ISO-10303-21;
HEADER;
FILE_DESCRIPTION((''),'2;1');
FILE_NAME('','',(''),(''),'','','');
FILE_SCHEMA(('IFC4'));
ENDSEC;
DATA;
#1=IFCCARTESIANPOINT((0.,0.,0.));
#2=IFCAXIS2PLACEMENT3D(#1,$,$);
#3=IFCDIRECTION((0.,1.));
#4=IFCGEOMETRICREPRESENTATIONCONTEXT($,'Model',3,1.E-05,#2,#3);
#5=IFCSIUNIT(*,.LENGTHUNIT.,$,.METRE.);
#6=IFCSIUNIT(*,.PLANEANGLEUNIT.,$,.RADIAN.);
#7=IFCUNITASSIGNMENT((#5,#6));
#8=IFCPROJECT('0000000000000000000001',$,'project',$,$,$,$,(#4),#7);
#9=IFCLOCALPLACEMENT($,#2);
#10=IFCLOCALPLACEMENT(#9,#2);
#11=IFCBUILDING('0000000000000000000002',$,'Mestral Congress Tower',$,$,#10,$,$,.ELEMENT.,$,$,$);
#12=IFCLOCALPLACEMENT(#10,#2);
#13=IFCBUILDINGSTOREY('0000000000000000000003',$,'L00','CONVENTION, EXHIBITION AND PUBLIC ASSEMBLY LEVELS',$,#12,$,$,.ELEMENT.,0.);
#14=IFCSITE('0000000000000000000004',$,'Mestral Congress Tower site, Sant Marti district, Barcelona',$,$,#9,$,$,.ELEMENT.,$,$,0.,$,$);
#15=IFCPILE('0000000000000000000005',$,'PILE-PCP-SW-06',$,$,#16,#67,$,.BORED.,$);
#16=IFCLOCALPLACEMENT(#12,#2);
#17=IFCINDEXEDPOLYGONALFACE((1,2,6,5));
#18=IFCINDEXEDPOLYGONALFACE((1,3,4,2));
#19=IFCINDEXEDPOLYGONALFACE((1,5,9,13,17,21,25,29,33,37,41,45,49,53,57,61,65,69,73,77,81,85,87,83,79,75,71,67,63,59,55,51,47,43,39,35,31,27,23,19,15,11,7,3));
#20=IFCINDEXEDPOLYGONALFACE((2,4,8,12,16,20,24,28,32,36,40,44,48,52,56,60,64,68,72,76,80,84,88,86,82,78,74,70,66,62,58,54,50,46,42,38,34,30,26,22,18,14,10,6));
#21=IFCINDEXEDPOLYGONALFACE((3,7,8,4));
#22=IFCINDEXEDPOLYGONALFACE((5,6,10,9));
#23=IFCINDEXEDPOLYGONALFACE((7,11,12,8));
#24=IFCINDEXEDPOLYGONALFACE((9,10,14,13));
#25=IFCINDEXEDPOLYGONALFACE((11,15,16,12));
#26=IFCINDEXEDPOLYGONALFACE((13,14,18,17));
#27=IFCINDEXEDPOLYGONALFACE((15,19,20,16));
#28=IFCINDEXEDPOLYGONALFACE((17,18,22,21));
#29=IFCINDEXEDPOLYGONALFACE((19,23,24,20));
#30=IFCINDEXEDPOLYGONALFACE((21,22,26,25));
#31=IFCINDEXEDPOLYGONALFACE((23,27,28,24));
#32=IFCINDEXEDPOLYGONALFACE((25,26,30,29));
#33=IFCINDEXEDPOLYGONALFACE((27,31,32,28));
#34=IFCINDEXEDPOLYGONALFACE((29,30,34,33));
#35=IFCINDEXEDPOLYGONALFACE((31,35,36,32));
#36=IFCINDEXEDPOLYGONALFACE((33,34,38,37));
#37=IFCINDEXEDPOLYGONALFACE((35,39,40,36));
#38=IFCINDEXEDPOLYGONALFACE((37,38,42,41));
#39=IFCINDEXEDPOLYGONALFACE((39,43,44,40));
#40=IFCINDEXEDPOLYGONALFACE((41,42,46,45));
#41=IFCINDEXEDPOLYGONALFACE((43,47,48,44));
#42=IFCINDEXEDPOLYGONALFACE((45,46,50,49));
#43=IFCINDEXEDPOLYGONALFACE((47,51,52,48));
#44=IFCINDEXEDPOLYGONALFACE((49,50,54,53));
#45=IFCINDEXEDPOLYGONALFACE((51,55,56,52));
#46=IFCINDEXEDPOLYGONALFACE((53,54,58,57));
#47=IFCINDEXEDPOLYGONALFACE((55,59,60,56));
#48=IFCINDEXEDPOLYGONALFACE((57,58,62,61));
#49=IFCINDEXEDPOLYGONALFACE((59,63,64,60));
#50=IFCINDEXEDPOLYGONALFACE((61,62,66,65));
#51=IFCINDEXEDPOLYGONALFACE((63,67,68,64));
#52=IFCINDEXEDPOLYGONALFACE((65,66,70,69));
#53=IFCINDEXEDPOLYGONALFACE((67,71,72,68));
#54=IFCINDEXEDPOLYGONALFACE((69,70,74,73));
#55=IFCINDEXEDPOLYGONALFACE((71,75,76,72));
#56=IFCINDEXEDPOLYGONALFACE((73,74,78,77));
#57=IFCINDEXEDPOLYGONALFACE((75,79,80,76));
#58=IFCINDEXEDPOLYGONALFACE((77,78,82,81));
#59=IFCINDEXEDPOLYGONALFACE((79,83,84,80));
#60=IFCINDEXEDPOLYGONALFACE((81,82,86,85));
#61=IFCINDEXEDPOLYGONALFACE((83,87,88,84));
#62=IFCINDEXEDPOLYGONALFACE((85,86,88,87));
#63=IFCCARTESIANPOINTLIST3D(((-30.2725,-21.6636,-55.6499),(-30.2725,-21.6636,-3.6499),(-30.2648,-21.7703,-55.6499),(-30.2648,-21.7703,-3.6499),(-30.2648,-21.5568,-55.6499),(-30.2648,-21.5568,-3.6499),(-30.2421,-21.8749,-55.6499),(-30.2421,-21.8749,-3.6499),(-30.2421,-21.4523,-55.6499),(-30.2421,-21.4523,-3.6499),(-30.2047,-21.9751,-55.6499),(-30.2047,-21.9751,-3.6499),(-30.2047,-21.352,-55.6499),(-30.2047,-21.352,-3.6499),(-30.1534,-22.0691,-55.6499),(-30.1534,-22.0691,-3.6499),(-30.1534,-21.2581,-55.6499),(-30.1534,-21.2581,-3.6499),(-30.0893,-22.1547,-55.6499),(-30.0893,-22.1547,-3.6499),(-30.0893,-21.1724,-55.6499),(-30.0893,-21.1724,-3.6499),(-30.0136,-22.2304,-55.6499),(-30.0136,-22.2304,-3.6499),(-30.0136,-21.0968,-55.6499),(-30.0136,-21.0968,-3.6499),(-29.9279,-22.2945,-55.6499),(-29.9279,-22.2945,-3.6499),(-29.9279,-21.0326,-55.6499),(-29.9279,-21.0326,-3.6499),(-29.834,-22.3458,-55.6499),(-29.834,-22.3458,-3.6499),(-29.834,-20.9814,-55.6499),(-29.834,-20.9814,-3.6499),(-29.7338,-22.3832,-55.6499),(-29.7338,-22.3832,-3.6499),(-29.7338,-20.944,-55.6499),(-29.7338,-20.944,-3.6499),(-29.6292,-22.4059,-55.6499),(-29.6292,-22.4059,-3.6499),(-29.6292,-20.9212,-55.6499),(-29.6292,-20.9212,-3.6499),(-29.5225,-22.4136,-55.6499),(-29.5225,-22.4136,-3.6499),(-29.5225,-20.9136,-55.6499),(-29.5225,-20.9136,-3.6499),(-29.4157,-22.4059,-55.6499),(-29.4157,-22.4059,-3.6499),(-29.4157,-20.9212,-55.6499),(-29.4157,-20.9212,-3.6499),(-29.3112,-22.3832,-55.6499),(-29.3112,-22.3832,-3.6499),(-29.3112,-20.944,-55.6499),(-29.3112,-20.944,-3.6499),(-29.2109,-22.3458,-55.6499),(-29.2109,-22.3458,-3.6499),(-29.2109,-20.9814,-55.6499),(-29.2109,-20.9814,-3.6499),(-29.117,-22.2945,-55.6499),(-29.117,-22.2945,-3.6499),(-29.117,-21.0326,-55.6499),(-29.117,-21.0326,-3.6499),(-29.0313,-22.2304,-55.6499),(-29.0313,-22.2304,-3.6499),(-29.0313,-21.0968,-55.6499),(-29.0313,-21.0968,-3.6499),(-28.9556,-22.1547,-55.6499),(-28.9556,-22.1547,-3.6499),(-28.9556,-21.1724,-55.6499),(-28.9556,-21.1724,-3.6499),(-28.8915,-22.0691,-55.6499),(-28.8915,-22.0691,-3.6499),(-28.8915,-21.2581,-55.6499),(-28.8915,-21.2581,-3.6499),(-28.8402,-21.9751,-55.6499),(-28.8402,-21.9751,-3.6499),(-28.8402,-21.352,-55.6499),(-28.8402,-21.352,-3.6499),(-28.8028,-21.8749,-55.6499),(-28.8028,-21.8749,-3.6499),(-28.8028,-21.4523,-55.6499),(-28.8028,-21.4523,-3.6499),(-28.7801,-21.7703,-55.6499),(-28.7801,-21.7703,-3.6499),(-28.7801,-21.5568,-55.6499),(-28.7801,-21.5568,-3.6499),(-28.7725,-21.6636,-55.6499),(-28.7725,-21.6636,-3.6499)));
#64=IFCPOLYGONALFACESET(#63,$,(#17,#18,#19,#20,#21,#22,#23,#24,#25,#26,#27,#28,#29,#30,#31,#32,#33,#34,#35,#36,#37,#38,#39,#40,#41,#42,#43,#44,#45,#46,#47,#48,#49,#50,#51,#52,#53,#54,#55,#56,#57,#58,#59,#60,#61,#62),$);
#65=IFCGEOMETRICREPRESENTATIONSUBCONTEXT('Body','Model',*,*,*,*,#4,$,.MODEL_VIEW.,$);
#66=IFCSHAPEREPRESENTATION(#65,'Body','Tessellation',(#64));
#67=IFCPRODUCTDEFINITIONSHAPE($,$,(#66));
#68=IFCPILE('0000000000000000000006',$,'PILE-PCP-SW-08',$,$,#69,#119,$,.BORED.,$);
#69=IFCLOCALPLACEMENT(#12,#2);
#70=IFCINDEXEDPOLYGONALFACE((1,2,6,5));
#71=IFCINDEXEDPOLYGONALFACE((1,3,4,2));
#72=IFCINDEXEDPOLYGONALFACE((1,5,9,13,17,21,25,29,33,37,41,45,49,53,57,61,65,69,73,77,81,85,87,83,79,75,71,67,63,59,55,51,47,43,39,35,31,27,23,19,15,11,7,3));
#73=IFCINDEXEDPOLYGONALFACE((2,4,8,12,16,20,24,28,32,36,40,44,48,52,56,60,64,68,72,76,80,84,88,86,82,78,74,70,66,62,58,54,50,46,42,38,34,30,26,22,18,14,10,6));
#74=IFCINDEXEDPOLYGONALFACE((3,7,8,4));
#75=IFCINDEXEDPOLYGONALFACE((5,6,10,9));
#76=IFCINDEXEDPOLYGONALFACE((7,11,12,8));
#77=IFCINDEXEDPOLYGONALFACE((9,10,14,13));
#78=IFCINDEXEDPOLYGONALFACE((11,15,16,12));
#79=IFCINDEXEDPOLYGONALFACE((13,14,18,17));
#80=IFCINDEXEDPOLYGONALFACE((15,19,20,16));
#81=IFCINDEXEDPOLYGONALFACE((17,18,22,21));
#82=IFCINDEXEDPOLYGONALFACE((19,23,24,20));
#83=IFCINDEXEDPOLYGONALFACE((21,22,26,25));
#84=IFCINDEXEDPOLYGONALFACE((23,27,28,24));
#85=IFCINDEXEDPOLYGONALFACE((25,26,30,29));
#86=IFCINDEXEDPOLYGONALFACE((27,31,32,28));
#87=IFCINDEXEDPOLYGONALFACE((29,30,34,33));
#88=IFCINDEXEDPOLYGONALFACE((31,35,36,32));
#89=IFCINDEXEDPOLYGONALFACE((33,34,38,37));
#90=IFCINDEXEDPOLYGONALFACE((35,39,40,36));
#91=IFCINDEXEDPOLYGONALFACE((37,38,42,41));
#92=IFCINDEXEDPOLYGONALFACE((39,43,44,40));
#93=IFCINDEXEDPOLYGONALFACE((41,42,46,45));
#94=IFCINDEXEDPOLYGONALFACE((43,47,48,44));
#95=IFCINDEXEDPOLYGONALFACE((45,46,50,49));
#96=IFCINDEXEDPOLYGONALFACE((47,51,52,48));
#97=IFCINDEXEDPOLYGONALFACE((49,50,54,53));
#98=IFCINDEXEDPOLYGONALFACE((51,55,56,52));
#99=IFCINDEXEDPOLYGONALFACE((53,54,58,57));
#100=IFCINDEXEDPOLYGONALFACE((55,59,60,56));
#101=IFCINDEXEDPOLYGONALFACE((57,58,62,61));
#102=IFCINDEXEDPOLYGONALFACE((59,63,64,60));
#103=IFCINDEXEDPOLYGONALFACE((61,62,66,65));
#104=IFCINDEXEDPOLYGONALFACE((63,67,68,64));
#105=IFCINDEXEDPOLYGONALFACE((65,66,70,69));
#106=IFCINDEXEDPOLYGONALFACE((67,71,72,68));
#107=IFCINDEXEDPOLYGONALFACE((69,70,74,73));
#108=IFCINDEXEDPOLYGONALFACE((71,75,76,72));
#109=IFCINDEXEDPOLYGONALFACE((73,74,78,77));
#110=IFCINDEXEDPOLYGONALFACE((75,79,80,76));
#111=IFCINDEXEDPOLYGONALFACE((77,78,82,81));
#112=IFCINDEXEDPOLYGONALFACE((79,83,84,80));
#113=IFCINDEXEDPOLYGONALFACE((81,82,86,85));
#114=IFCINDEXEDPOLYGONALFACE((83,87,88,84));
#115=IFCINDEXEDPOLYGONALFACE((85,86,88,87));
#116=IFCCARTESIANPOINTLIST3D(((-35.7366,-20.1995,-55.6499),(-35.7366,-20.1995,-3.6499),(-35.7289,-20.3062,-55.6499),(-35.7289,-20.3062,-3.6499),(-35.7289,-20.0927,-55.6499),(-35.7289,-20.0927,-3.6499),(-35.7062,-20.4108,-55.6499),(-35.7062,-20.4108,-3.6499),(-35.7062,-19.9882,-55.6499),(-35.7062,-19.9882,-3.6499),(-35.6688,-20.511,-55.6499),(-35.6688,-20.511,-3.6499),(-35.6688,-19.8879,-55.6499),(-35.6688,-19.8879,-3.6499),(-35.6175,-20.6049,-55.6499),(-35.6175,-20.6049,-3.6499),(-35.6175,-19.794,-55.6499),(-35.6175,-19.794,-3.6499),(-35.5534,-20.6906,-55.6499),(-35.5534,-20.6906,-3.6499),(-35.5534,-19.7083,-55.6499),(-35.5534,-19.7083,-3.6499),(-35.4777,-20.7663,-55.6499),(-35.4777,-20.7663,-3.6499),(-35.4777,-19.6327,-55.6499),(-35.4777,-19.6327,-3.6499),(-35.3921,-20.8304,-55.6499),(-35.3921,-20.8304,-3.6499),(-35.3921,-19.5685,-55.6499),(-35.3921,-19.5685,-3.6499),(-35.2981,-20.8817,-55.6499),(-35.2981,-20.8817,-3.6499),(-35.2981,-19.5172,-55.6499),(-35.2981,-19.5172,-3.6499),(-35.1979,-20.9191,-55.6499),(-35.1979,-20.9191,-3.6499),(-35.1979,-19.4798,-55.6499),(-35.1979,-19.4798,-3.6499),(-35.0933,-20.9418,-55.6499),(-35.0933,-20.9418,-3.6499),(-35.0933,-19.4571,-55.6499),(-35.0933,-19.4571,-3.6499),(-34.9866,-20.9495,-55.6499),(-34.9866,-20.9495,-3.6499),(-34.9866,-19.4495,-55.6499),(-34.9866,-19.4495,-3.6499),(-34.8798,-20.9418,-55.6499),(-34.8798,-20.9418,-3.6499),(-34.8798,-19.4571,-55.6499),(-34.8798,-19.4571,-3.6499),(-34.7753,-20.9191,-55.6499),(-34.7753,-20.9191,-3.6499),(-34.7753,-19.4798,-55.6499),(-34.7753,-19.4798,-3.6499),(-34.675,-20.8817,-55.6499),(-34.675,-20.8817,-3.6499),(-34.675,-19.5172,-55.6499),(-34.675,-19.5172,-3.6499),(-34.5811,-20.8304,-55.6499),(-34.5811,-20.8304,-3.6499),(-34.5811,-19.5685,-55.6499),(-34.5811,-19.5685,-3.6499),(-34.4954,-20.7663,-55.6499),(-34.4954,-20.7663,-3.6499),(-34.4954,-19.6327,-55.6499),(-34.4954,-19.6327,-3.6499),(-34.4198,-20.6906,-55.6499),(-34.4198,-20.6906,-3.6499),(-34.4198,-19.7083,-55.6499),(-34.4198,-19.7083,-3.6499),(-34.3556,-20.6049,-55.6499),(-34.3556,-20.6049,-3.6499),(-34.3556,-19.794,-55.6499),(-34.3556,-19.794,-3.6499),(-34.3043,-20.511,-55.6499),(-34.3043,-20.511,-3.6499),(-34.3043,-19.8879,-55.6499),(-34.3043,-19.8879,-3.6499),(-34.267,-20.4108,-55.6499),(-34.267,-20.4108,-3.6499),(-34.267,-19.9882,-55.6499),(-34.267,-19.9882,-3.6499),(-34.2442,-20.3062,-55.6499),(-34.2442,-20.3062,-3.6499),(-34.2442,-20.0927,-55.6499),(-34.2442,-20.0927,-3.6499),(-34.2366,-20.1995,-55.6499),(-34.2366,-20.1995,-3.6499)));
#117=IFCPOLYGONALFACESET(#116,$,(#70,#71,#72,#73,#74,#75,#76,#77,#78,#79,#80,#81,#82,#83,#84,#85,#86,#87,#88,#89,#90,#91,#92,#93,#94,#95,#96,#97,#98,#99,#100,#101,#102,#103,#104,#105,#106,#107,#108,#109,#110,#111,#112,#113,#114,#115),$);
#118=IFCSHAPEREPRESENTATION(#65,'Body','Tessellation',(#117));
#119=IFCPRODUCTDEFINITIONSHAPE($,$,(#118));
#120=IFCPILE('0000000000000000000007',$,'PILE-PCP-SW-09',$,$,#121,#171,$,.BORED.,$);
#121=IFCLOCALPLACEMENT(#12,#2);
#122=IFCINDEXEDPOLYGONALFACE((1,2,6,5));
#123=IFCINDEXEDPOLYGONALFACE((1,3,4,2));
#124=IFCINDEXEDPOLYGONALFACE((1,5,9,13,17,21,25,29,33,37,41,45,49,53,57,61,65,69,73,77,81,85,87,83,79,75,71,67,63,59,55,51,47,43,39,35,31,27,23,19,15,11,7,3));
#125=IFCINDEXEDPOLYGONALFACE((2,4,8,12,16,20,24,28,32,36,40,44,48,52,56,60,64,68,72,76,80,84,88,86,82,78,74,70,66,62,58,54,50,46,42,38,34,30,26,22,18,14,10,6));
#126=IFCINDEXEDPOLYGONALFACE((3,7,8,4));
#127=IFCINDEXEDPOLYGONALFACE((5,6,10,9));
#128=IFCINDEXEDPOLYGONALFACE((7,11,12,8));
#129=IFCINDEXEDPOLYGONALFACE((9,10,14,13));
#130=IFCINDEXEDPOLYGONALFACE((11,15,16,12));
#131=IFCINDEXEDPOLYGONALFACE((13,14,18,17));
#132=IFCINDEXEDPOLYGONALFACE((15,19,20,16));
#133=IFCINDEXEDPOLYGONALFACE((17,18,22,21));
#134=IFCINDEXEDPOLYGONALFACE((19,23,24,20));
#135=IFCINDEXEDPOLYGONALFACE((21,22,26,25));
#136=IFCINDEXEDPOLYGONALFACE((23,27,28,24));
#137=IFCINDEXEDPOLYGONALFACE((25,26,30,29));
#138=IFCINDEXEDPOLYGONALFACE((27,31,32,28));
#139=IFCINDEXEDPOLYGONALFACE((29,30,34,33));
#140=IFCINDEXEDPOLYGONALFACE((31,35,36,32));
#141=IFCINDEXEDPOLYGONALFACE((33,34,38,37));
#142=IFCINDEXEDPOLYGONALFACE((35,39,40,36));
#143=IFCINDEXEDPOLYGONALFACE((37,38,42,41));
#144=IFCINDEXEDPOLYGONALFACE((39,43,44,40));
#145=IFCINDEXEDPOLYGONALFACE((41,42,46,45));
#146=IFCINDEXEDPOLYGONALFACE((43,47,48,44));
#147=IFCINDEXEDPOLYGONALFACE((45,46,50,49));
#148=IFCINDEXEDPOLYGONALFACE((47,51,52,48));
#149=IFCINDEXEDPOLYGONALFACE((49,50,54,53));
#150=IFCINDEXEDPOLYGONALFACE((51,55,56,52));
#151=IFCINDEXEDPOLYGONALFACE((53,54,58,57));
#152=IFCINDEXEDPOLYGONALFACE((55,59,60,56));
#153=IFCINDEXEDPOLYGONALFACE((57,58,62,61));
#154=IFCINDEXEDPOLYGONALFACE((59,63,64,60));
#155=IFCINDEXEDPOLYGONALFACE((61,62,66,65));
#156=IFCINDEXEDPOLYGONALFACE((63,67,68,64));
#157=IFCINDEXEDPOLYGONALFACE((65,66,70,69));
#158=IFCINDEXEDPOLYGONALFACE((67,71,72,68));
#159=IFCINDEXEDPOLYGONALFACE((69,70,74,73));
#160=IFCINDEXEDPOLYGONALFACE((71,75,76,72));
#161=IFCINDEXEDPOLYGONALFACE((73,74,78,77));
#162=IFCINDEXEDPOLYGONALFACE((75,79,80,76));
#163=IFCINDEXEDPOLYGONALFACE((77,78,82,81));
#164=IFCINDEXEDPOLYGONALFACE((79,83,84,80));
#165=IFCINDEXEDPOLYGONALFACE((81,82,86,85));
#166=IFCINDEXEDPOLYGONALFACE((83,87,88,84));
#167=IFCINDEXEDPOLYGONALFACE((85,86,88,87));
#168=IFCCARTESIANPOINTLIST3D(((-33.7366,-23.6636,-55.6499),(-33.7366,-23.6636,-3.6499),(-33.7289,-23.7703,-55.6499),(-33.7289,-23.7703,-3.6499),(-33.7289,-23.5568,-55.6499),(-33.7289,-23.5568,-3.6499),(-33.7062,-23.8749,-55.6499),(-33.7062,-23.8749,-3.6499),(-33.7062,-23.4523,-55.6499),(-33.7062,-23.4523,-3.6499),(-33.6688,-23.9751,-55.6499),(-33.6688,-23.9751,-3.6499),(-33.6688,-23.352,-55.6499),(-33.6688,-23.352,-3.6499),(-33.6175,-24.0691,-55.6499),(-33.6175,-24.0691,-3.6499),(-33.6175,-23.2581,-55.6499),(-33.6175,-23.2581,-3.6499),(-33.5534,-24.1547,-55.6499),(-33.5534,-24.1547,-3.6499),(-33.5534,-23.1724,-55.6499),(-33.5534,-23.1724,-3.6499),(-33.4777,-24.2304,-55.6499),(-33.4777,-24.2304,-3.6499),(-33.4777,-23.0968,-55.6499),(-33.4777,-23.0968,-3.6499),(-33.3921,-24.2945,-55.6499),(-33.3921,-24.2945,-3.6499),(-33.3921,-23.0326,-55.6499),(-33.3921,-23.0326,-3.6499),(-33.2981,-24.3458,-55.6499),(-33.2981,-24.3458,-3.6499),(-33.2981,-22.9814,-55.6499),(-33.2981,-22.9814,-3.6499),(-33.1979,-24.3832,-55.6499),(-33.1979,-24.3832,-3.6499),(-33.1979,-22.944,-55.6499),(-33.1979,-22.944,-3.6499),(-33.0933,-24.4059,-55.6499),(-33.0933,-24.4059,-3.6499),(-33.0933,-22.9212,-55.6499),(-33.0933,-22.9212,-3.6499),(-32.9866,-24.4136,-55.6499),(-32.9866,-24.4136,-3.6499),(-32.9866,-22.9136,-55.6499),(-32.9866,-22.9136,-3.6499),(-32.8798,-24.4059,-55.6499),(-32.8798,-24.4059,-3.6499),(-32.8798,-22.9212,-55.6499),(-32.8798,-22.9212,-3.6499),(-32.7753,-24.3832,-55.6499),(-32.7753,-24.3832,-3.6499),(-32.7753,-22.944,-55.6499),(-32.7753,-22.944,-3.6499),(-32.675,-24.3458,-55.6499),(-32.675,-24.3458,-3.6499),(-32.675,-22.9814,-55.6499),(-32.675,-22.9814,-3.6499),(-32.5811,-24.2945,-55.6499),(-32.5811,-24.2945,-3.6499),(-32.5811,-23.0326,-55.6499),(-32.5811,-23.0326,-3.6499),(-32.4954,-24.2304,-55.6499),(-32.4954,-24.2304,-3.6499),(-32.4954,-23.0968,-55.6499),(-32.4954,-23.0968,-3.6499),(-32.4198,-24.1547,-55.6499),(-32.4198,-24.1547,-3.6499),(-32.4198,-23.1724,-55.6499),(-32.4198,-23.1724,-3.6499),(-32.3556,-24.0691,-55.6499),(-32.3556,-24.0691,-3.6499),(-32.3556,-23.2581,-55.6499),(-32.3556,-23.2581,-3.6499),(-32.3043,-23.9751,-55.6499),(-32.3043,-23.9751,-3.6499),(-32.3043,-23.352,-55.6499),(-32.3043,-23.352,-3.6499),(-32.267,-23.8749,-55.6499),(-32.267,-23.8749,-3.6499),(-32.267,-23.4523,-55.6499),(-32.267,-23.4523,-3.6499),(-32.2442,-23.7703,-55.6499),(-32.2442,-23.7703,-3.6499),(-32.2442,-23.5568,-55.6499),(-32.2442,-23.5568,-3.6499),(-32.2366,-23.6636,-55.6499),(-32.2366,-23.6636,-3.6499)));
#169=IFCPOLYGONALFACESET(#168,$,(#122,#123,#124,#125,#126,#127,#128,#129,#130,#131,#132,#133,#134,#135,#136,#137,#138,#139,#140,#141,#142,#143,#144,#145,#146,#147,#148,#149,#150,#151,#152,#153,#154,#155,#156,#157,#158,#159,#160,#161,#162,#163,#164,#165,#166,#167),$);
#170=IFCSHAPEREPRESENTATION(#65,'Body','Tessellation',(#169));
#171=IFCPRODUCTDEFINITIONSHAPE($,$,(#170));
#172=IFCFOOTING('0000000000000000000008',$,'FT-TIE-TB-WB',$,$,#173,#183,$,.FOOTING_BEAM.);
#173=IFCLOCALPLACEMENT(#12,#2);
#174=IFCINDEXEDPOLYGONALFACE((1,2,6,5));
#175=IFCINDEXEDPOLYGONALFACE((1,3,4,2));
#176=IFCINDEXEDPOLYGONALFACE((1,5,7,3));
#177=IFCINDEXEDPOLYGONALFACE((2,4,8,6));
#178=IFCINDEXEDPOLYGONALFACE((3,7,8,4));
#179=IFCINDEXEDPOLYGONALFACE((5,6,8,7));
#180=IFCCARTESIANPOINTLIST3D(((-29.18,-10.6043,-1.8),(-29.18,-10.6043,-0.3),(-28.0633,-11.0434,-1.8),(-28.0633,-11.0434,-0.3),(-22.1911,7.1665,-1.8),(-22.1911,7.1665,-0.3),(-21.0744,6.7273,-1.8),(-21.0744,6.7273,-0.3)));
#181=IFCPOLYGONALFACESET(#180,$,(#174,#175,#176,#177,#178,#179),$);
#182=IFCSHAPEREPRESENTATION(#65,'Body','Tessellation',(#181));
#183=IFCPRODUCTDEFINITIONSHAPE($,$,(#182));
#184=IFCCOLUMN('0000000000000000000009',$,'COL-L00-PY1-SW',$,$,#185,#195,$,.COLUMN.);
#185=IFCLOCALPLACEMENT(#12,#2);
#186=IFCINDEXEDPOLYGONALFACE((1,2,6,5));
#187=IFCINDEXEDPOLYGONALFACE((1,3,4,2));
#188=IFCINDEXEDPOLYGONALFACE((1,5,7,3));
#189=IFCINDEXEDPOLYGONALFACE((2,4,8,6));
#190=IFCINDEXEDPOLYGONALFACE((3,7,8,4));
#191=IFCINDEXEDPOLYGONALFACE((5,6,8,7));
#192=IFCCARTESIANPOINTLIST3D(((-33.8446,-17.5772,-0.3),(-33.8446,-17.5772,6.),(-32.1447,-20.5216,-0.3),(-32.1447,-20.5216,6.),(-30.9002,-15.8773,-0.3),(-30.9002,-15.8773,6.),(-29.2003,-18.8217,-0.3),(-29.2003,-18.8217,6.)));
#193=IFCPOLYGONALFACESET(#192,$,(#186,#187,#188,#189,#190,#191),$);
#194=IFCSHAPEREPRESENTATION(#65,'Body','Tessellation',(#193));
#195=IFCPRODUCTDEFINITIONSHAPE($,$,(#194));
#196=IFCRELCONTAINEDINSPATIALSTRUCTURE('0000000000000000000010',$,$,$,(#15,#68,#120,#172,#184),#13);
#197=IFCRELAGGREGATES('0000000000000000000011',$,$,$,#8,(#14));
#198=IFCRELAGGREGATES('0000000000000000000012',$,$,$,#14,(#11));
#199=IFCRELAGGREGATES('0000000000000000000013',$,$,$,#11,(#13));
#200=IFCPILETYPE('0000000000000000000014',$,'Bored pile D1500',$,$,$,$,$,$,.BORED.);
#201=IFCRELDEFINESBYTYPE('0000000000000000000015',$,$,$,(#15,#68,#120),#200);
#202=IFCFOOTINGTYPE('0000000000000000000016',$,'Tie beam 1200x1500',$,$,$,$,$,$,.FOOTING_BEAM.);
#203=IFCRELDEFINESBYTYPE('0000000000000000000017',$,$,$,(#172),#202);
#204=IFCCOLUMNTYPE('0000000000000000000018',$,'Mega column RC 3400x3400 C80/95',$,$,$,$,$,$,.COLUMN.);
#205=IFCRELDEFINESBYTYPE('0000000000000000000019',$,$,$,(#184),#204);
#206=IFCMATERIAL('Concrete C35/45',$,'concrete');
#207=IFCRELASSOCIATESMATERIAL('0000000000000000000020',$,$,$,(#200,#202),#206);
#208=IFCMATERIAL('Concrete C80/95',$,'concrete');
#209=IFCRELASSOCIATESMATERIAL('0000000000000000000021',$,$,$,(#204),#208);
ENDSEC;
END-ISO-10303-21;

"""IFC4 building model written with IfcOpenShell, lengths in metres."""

from ifc_helpers import new_model, si_unit, direction, frame, origin, origin_2d, place, context, subcontext, project, spatial, rectangle, circle, extrude, material, material_profile, profile_set, type_object, element, save


model = new_model("IFC4")

# Units and contexts
model_context = context("Model", 3, precision=1e-05, world=origin(), true_north=direction((0.0, 1.0)))
body_context = subcontext(model_context, "Body", "Model", "MODEL_VIEW")
ifc_project = project(units=[si_unit("LENGTHUNIT", "METRE"), si_unit("PLANEANGLEUNIT", "RADIAN")], contexts=[model_context])

# Site, building, storey
site_placement = place(None, origin())
site = spatial("IfcSite", under=ifc_project, at=site_placement, Name="Mestral Congress Tower site, Sant Marti district, Barcelona", CompositionType="ELEMENT", RefElevation=0.0)
building_placement = place(site_placement, origin())
building = spatial("IfcBuilding", under=site, at=building_placement, Name="Mestral Congress Tower", CompositionType="ELEMENT")
storey_placement = place(building_placement, origin())
storey = spatial("IfcBuildingStorey", under=building, at=storey_placement, Name="L00", Description="CONVENTION, EXHIBITION AND PUBLIC ASSEMBLY LEVELS", CompositionType="ELEMENT", Elevation=0.0)

# Piles
ifc_material_1 = material(Name="Concrete C35/45", Category="concrete")
ifc_material_profile_1 = material_profile(ifc_material_1, circle(Radius=0.75, at=origin_2d()), Name="D1500")
ifc_profile_set_1 = profile_set([ifc_material_profile_1], Name="Concrete C35/45")
pile_type_1 = type_object("IfcPileType", Name="Bored pile D1500", PredefinedType="BORED", material=ifc_profile_set_1)
for number, where, z_axis, x_axis, name in (
    (1, (-29.5225, -21.6636, -3.6499), (0.0, 0.0, -1.0), (1.0, 0.0, 0.0), "PILE-PCP-SW-06"),
    (2, (-34.9866, -20.1995, -3.6499), (0.0, 0.0, -1.0), (1.0, 0.0, 0.0), "PILE-PCP-SW-08"),
    (3, (-32.9866, -23.6636, -3.6499), (0.0, 0.0, -1.0), (1.0, 0.0, 0.0), "PILE-PCP-SW-09"),
):
    element("IfcPile", number, at=place(storey_placement, frame(where, z_axis=z_axis, x_axis=x_axis)), inside=storey, type_object=pile_type_1, Name=name, PredefinedType="BORED", context=body_context, shape_type="SweptSolid", body=[
        extrude(circle(Radius=0.75, at=origin_2d()), origin(), (0.0, 0.0, 1.0), 52.0),
    ])

# Footing
footing_type = type_object("IfcFootingType", Name="Tie beam 1200x1500", PredefinedType="FOOTING_BEAM", material=ifc_material_1)
footing_placement = place(storey_placement, frame((-25.1272, -1.9385, -1.8), z_axis=(0.0, 0.0, 1.0), x_axis=(-0.365998, -0.930616, 0.0)))
element("IfcFooting", 4, at=footing_placement, inside=storey, type_object=footing_type, Name="FT-TIE-TB-WB", PredefinedType="FOOTING_BEAM", context=body_context, shape_type="SweptSolid", body=[
    extrude(rectangle(XDim=19.0957, YDim=1.2, at=origin_2d()), origin(), (0.0, 0.0, 1.0), 1.5),
])

# Column
ifc_material_2 = material(Name="Concrete C80/95", Category="concrete")
ifc_material_profile_2 = material_profile(ifc_material_2, rectangle(XDim=3.3999, YDim=3.3999, at=origin_2d()), Name="RC 3400x3400")
ifc_profile_set_2 = profile_set([ifc_material_profile_2], Name="Concrete C80/95")
column_type_1 = type_object("IfcColumnType", Name="Mega column RC 3400x3400 C80/95", PredefinedType="COLUMN", material=ifc_profile_set_2)
column_placement = place(storey_placement, frame((-31.5225, -18.1995, -0.3), z_axis=(0.0, 0.0, 1.0), x_axis=(-0.866025, -0.5, 0.0)))
element("IfcColumn", 5, at=column_placement, inside=storey, type_object=column_type_1, Name="COL-L00-PY1-SW", PredefinedType="COLUMN", context=body_context, shape_type="SweptSolid", body=[
    extrude(rectangle(XDim=3.3999, YDim=3.3999, at=origin_2d()), origin(), (0.0, 0.0, 1.0), 6.3),
])

save(model, "model.ifc")
